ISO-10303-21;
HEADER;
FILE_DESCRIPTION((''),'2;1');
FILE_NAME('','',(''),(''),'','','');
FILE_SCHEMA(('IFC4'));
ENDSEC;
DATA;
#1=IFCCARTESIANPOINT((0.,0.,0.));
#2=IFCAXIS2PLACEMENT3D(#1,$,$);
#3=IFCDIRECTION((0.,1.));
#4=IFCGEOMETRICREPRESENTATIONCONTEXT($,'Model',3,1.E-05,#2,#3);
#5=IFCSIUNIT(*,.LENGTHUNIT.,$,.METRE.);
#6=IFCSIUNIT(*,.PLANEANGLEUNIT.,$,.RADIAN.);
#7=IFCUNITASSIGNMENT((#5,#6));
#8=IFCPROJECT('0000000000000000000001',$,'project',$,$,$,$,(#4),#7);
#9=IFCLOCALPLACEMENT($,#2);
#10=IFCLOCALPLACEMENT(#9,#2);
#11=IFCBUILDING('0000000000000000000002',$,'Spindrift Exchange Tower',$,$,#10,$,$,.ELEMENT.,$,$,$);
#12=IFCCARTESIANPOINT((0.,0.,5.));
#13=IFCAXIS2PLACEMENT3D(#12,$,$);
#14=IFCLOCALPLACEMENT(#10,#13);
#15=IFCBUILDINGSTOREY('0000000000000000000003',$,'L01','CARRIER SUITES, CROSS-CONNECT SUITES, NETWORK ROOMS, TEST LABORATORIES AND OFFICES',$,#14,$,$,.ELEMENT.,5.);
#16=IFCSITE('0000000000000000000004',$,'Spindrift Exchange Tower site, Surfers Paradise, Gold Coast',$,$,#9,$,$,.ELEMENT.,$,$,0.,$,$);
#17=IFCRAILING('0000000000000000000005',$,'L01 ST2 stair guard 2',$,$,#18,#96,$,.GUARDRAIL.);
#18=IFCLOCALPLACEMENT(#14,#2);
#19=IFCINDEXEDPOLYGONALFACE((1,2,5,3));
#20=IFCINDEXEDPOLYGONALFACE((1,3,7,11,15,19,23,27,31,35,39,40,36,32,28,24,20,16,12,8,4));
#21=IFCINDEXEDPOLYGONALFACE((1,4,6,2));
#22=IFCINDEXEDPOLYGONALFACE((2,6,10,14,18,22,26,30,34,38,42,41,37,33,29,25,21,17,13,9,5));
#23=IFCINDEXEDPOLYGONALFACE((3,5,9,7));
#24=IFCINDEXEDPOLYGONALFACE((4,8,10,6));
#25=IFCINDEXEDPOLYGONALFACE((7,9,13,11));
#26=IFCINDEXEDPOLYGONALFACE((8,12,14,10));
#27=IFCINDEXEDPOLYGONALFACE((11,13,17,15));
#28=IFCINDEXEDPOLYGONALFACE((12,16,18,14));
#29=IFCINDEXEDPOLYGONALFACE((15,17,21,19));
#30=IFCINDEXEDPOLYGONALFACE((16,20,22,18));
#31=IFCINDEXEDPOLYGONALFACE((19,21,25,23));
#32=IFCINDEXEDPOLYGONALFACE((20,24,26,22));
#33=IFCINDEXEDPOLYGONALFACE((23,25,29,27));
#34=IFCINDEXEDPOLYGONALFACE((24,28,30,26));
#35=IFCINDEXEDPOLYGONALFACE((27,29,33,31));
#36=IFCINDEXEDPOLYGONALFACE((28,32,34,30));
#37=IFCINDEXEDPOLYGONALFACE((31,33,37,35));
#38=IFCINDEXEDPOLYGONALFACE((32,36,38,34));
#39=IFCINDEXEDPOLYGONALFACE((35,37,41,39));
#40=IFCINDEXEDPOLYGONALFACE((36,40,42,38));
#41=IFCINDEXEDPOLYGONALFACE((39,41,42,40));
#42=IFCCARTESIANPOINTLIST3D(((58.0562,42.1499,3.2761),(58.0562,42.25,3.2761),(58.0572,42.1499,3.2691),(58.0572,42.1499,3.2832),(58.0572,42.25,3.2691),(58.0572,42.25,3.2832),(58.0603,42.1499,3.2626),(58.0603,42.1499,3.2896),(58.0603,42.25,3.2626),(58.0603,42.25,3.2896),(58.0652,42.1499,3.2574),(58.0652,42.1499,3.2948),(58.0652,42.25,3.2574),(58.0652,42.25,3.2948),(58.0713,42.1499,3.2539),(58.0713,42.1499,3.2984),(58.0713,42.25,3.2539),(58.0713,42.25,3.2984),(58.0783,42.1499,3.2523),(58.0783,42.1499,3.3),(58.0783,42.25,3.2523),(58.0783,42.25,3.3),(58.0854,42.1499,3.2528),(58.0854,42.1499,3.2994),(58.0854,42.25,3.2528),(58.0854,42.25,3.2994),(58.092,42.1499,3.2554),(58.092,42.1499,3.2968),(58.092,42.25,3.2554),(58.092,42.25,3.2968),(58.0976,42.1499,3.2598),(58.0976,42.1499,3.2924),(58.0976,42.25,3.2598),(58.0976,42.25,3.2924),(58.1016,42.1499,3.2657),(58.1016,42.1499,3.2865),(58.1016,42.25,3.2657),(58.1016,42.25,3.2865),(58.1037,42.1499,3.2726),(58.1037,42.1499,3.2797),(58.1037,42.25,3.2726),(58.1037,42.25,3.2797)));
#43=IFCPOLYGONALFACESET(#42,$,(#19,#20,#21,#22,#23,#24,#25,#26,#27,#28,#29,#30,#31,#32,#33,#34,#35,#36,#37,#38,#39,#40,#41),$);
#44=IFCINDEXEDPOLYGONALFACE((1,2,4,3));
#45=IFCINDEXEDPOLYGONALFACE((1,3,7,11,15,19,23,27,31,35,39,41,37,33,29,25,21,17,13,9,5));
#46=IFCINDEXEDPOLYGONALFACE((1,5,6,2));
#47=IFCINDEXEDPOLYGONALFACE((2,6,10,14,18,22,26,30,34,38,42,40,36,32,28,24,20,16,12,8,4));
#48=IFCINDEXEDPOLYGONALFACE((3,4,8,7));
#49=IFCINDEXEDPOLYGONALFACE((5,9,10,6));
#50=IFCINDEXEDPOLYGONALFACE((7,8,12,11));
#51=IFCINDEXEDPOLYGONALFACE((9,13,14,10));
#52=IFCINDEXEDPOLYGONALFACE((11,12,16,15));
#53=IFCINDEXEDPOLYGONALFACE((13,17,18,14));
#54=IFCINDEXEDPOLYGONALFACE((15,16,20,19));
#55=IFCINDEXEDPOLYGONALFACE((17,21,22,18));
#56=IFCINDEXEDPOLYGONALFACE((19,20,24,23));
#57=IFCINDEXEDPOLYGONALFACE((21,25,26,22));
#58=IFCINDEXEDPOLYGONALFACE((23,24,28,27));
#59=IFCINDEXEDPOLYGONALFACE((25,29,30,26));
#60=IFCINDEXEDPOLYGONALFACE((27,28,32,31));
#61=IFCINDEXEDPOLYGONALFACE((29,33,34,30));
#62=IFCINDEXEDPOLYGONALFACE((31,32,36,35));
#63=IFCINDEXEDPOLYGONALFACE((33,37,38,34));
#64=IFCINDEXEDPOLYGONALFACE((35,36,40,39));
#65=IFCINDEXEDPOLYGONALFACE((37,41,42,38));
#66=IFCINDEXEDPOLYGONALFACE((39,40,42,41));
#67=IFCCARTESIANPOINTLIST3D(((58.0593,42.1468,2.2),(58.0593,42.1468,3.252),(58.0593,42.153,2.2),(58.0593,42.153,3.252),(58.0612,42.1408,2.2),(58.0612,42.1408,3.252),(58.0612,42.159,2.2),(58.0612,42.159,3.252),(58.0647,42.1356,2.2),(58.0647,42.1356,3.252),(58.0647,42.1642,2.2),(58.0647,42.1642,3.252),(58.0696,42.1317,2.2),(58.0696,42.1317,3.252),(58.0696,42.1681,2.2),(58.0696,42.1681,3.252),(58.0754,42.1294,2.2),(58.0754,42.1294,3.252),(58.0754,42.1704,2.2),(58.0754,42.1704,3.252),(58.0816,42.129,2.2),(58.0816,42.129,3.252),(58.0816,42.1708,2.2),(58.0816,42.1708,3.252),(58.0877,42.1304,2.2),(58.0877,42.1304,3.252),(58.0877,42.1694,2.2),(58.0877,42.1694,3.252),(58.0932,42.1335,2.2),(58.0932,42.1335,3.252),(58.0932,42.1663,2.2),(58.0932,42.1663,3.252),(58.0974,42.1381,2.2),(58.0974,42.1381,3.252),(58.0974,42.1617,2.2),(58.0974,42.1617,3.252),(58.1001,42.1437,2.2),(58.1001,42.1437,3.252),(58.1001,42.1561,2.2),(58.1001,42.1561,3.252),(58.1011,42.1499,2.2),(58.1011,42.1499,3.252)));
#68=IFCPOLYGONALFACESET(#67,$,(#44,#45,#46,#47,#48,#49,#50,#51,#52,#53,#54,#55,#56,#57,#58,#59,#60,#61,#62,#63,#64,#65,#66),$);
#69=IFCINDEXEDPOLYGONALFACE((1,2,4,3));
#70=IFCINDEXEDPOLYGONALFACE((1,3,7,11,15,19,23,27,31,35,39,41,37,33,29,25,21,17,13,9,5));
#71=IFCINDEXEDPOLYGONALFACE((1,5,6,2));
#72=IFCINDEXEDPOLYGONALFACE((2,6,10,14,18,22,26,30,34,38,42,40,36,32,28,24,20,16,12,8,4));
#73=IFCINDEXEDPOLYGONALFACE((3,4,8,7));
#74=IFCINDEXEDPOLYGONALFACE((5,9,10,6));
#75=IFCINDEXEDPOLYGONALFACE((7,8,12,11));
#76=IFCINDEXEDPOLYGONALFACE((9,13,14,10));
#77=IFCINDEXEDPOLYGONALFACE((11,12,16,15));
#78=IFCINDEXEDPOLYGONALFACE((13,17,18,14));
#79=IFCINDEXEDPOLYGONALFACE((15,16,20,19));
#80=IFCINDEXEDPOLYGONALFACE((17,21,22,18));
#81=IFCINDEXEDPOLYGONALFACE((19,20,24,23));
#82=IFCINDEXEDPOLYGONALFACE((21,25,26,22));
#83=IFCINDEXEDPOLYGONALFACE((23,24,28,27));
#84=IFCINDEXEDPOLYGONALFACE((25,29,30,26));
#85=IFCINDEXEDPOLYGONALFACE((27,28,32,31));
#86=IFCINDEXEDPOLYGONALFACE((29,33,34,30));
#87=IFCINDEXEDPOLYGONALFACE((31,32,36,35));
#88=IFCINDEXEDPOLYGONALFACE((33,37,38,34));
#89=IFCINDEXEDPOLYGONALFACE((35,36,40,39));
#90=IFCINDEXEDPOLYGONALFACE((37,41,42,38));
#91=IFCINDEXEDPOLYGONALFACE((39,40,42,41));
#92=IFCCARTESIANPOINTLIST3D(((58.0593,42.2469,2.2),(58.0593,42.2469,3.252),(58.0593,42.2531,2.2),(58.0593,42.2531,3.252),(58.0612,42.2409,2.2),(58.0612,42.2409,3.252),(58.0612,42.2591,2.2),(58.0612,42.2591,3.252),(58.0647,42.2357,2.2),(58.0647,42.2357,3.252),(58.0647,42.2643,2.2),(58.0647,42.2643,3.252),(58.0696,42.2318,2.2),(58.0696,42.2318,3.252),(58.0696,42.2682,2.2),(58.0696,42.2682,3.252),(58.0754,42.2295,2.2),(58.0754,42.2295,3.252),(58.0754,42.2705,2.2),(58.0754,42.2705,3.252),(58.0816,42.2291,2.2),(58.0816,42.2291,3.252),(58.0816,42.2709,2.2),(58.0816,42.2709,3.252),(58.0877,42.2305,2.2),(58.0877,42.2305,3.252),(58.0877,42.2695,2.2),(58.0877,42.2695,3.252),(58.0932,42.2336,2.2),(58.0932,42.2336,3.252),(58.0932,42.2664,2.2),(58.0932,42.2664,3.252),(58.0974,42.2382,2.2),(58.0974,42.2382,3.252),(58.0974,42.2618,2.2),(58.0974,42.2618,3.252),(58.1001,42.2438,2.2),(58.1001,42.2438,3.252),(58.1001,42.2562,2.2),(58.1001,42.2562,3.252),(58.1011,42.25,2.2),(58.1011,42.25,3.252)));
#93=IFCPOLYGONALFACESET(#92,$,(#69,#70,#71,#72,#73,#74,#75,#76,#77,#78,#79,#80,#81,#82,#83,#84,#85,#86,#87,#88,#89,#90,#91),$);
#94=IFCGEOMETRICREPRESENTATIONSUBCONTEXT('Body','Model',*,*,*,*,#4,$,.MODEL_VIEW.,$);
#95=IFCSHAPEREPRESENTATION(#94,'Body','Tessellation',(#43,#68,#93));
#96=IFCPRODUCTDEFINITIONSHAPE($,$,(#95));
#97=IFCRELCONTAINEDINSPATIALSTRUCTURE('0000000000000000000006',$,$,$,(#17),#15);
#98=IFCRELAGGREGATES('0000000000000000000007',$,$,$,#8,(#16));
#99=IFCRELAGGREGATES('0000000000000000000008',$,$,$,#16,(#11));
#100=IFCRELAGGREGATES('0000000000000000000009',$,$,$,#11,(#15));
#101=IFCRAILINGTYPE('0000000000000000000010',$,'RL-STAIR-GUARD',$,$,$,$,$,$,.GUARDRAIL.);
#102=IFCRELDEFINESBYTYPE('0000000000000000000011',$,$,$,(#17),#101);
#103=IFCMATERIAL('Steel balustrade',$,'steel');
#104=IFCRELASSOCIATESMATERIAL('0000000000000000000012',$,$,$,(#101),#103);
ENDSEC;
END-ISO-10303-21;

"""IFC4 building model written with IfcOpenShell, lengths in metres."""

from ifc_helpers import new_model, si_unit, direction, frame, origin, origin_2d, place, context, subcontext, project, spatial, circle, extrude, material, type_object, element, save


model = new_model("IFC4")

# Units and contexts
model_context = context("Model", 3, precision=1e-05, world=origin(), true_north=direction((0.0, 1.0)))
body_context = subcontext(model_context, "Body", "Model", "MODEL_VIEW")
ifc_project = project(units=[si_unit("LENGTHUNIT", "METRE"), si_unit("PLANEANGLEUNIT", "RADIAN")], contexts=[model_context])

# Site, building, storey
site_placement = place(None, origin())
site = spatial("IfcSite", under=ifc_project, at=site_placement, Name="Spindrift Exchange Tower site, Surfers Paradise, Gold Coast", CompositionType="ELEMENT", RefElevation=0.0)
building_placement = place(site_placement, origin())
building = spatial("IfcBuilding", under=site, at=building_placement, Name="Spindrift Exchange Tower", CompositionType="ELEMENT")
storey_placement = place(building_placement, frame((0.0, 0.0, 5.0)))
storey = spatial("IfcBuildingStorey", under=building, at=storey_placement, Name="L01", Description="CARRIER SUITES, CROSS-CONNECT SUITES, NETWORK ROOMS, TEST LABORATORIES AND OFFICES", CompositionType="ELEMENT", Elevation=5.0)

# Railing
ifc_material_1 = material(Name="Steel balustrade", Category="steel")
railing_type_1 = type_object("IfcRailingType", Name="RL-STAIR-GUARD", PredefinedType="GUARDRAIL", material=ifc_material_1)
railing_1_placement = place(storey_placement, frame((58.0801, 42.1499, 2.2)))
element("IfcRailing", 1, at=railing_1_placement, inside=storey, type_object=railing_type_1, Name="L01 ST2 stair guard 2", PredefinedType="GUARDRAIL", context=body_context, shape_type="SweptSolid", body=[
    extrude(circle(Radius=0.0239, at=origin_2d()), frame((0.0, 0.0, 1.0762), z_axis=(0.0, 1.0, 0.0), x_axis=(-1.0, 0.0, 0.0)), (0.0, 0.0, 1.0), 0.1001),
    extrude(circle(Radius=0.021, at=origin_2d()), origin(), (0.0, 0.0, 1.0), 1.052),
    extrude(circle(Radius=0.021, at=origin_2d()), frame((0.0, 0.1001, 0.0)), (0.0, 0.0, 1.0), 1.052),
])

save(model, "model.ifc")
